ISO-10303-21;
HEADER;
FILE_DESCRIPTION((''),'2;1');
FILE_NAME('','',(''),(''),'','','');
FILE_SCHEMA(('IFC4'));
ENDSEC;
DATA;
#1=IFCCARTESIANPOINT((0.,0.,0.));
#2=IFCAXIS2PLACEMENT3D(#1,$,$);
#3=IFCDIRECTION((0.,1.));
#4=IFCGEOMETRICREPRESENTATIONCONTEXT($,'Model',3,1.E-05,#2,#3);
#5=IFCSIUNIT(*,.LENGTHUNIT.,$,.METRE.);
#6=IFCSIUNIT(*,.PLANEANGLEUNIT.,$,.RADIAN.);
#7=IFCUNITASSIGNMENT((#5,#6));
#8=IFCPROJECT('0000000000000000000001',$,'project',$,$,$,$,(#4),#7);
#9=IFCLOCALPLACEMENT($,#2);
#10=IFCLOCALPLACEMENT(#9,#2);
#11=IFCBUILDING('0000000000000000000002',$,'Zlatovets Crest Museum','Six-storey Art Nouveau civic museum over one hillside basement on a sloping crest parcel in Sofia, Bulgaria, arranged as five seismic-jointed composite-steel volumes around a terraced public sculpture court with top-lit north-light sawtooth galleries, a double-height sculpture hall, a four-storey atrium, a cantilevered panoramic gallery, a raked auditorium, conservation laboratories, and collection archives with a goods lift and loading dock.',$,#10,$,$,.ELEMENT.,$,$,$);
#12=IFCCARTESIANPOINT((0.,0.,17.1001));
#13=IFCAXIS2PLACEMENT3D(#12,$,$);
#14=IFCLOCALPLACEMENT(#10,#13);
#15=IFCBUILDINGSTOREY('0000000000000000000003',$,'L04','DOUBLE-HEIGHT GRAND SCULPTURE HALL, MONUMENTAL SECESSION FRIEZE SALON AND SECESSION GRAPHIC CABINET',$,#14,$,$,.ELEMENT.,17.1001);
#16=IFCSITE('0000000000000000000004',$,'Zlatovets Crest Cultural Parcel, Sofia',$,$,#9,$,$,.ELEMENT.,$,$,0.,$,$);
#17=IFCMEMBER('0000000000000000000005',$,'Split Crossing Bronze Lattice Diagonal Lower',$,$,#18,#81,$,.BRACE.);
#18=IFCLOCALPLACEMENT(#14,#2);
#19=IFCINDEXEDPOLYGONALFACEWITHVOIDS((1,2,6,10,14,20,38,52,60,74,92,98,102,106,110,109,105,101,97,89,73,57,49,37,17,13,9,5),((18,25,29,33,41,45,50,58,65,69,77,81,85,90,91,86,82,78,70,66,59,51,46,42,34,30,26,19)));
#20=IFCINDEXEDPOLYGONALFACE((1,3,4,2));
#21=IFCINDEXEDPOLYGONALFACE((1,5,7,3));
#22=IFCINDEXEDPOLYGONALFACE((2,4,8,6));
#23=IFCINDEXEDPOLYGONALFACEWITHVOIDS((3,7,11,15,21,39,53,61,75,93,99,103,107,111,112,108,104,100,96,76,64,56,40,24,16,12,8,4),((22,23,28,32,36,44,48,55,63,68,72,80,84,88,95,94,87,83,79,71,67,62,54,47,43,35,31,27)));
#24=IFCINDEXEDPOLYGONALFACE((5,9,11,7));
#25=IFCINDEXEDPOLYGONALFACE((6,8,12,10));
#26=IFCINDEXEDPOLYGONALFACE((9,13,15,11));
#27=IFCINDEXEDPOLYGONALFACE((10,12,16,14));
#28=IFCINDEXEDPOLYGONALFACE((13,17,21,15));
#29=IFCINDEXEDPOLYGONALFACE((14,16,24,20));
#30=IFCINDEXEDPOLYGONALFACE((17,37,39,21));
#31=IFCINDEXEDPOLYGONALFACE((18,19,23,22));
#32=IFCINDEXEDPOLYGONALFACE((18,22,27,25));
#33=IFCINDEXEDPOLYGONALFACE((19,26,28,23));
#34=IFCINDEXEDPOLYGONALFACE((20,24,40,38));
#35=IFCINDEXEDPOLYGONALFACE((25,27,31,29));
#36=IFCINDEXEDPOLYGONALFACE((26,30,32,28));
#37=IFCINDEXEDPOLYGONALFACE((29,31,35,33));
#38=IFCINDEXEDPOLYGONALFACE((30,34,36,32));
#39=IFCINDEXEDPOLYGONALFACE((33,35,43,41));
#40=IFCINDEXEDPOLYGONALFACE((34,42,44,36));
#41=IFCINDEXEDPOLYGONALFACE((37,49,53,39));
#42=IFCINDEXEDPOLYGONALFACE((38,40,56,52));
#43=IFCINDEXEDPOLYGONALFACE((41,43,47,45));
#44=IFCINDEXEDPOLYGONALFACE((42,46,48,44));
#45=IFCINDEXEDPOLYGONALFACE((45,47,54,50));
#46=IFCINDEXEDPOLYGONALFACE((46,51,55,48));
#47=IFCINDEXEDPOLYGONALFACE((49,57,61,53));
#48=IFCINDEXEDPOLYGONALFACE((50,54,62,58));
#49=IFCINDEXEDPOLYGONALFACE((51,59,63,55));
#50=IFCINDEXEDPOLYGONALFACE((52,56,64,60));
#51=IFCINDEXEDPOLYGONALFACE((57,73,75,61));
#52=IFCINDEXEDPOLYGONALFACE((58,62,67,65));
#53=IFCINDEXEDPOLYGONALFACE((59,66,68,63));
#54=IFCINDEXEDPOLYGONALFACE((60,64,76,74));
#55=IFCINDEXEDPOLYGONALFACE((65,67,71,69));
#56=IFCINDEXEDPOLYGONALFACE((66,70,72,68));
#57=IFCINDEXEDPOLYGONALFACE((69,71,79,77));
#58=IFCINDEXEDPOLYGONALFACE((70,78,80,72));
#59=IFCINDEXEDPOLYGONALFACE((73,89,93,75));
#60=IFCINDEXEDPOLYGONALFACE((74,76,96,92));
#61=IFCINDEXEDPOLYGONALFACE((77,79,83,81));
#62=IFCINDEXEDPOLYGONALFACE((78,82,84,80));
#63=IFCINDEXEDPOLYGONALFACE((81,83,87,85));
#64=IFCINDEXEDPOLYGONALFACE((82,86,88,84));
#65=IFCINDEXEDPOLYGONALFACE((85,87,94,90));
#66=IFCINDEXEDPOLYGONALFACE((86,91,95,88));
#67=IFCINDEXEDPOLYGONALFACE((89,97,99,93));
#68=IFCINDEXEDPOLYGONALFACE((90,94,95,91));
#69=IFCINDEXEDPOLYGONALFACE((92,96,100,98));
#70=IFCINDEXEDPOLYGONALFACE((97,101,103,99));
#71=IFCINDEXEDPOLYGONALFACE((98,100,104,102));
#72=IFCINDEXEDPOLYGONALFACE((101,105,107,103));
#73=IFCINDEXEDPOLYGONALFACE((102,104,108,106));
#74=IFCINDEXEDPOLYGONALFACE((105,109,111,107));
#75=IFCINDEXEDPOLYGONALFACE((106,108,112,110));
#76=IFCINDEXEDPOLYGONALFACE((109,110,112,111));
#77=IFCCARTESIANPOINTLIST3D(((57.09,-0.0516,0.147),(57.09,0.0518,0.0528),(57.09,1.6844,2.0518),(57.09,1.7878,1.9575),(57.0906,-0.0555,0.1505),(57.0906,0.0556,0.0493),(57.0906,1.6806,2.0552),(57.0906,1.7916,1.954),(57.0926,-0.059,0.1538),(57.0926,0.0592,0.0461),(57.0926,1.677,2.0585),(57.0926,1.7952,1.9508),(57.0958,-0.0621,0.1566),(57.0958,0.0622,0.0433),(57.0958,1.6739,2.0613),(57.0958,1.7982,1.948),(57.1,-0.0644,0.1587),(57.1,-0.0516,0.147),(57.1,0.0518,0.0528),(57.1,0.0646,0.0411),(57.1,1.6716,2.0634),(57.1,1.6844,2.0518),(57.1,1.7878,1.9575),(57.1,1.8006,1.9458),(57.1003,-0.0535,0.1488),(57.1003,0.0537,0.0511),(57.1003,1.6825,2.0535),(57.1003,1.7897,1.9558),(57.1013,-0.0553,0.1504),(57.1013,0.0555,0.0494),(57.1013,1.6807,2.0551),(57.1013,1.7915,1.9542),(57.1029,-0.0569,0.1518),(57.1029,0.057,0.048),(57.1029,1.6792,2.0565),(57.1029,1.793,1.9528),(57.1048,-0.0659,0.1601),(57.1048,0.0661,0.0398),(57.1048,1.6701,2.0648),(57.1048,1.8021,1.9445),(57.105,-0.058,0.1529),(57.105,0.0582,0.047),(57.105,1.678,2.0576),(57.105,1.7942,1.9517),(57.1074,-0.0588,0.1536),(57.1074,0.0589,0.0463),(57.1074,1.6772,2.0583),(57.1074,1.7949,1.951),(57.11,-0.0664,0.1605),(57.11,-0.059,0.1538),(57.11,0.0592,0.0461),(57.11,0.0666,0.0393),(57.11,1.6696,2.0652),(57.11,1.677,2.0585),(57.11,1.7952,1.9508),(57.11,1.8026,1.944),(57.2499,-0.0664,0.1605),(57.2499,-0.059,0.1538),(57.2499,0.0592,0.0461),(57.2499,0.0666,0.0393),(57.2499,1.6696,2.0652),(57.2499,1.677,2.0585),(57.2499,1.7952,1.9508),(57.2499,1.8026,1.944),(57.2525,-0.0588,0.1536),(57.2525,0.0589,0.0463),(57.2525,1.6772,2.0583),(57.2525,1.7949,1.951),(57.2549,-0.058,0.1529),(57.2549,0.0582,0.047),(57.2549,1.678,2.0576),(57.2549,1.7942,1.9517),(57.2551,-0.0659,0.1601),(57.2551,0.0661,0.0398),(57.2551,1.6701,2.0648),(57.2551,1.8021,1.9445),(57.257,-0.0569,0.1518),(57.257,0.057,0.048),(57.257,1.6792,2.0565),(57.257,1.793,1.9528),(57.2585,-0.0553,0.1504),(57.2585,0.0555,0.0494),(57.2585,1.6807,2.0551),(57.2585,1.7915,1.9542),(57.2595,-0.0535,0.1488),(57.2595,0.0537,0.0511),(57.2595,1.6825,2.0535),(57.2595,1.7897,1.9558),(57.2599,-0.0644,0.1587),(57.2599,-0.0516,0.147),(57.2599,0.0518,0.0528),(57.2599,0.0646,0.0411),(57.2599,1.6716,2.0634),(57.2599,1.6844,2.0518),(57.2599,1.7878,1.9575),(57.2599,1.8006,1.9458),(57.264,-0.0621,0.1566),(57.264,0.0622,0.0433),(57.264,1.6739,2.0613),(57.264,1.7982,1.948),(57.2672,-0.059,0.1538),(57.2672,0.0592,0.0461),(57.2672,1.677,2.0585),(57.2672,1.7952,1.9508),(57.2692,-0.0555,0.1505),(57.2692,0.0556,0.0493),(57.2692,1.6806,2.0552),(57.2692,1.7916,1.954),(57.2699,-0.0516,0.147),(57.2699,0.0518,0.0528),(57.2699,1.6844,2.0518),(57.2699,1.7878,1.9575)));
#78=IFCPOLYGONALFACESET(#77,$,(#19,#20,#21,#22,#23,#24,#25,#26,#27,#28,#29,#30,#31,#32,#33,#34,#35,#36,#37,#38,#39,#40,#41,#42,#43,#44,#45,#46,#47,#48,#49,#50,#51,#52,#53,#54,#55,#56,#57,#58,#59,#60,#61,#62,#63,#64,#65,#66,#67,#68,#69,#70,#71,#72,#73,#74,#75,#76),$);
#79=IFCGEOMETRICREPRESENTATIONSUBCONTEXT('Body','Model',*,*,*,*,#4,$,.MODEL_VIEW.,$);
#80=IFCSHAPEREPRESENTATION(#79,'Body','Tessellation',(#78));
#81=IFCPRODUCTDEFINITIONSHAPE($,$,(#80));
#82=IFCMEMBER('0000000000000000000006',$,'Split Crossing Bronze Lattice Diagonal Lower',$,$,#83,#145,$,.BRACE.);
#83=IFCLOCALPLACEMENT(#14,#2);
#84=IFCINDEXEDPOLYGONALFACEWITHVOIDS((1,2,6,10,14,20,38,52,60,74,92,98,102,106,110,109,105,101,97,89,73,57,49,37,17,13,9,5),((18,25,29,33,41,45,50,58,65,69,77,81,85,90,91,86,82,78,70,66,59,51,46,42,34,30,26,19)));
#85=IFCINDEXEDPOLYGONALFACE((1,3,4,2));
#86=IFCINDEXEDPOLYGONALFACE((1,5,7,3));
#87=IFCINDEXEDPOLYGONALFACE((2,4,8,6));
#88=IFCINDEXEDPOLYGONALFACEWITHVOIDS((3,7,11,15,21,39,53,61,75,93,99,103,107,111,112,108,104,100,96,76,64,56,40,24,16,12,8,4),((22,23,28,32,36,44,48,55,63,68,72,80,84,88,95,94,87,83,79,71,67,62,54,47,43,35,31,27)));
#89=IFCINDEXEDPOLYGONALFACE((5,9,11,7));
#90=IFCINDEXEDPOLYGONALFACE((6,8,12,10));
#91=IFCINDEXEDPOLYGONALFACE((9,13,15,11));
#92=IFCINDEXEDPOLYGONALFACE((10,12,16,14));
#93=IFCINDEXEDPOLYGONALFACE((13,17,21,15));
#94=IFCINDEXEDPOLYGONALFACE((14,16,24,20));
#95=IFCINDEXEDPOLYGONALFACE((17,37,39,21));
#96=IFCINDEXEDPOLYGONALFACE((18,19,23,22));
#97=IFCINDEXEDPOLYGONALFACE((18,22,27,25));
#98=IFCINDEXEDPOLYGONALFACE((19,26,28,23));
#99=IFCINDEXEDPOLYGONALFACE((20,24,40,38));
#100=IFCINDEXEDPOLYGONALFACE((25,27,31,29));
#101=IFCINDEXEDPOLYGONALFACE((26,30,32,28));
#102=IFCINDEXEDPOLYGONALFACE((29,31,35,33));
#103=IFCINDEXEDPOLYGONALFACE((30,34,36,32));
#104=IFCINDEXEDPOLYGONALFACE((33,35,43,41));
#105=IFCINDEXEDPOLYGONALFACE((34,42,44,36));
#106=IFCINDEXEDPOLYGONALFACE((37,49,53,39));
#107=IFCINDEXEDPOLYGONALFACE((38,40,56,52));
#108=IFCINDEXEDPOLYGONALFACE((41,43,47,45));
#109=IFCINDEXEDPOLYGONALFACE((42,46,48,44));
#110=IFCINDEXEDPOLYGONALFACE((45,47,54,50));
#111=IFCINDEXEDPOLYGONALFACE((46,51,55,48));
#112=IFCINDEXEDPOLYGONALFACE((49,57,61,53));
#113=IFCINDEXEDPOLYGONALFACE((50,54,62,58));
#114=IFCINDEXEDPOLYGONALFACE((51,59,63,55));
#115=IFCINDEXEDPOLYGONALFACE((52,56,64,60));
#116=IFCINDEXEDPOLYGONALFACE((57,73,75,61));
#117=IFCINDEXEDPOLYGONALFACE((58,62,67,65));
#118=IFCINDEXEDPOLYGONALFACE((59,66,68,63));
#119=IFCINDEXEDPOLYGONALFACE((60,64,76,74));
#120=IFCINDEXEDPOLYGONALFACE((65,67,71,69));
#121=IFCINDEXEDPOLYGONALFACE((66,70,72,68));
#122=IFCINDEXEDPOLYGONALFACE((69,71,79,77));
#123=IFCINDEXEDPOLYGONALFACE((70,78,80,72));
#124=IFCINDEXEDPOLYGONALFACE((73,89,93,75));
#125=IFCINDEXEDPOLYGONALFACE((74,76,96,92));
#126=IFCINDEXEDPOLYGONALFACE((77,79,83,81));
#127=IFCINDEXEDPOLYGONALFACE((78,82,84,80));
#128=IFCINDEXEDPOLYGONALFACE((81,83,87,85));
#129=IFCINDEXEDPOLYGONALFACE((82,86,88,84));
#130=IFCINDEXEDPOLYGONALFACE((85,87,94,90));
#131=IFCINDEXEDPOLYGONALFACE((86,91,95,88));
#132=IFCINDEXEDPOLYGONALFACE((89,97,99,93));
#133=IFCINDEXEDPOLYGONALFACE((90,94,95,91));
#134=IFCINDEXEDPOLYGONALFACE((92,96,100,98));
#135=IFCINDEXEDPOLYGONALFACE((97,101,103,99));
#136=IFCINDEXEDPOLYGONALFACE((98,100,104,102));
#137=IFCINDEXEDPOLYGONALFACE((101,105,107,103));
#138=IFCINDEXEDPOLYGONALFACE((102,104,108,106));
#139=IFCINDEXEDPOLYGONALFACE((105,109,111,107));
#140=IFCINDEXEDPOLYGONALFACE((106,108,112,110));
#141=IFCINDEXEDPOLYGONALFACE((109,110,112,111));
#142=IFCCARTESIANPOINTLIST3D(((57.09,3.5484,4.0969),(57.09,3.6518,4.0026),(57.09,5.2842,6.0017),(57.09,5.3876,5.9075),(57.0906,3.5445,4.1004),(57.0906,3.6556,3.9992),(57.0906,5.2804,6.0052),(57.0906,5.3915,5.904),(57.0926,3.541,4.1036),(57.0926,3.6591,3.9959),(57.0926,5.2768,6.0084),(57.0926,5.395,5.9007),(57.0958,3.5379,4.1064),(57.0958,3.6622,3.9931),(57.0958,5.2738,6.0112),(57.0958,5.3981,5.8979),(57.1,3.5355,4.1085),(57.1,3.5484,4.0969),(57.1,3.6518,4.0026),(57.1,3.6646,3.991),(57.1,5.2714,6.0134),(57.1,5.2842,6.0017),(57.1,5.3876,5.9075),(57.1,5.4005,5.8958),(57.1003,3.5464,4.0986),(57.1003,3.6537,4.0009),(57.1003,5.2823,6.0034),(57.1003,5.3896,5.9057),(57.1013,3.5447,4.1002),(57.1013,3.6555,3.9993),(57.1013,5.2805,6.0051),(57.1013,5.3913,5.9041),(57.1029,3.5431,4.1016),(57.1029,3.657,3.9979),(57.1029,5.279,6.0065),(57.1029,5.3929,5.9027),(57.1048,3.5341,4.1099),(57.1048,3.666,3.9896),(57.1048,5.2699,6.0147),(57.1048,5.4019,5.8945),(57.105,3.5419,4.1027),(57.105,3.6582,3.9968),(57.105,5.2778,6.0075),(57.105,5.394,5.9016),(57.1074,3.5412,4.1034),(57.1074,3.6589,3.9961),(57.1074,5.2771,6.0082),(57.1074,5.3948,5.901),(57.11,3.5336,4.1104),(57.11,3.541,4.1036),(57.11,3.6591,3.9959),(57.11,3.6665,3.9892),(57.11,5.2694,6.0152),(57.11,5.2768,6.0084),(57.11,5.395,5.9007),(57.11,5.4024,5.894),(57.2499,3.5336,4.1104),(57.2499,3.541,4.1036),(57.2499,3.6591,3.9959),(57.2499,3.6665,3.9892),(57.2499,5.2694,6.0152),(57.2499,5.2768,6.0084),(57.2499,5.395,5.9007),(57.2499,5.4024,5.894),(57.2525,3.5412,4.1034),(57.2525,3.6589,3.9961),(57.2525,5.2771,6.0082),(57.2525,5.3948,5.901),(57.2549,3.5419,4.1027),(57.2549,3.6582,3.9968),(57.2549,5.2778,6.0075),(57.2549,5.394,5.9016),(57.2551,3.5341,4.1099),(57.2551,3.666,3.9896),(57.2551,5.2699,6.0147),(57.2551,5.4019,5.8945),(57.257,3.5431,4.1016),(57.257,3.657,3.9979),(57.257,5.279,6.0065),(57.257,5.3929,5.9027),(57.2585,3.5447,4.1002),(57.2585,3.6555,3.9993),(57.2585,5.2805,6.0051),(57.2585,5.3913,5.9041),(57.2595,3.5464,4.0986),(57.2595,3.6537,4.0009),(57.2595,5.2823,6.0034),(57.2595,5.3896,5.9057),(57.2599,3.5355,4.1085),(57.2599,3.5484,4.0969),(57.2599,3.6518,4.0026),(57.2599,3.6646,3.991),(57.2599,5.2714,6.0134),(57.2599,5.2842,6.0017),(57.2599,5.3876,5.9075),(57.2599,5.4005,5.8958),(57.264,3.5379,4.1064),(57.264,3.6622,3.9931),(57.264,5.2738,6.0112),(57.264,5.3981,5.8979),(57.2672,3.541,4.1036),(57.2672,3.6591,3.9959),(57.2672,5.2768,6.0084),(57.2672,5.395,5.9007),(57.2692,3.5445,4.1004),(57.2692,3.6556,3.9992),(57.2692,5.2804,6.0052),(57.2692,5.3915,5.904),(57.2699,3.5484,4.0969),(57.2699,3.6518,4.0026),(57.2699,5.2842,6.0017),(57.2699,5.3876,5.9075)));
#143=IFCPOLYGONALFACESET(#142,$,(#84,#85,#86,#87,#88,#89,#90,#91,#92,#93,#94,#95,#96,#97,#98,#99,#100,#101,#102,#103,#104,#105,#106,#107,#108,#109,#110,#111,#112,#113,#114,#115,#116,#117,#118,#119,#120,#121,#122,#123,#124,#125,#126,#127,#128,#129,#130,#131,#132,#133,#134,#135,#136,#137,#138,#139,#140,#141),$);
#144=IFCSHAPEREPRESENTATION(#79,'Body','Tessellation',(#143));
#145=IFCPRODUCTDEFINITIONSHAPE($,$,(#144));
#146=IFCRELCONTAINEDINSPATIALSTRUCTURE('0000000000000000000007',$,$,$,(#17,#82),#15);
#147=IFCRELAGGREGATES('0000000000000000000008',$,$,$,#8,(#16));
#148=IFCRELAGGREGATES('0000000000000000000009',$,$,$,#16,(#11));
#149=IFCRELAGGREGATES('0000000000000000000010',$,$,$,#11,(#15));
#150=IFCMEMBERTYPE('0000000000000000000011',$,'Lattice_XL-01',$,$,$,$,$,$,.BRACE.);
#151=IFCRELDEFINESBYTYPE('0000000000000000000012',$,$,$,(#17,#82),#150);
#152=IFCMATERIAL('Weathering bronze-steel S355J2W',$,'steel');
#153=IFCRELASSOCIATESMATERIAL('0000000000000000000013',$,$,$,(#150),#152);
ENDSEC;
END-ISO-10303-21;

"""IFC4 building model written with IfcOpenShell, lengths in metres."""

from ifc_helpers import new_model, si_unit, direction, frame, origin, origin_2d, place, context, subcontext, project, spatial, hollow_rectangle, extrude, material, material_profile, profile_set, type_object, element, save


model = new_model("IFC4")

# Units and contexts
model_context = context("Model", 3, precision=1e-05, world=origin(), true_north=direction((0.0, 1.0)))
body_context = subcontext(model_context, "Body", "Model", "MODEL_VIEW")
ifc_project = project(units=[si_unit("LENGTHUNIT", "METRE"), si_unit("PLANEANGLEUNIT", "RADIAN")], contexts=[model_context])

# Site, building, storey
site_placement = place(None, origin())
site = spatial("IfcSite", under=ifc_project, at=site_placement, Name="Zlatovets Crest Cultural Parcel, Sofia", CompositionType="ELEMENT", RefElevation=0.0)
building_placement = place(site_placement, origin())
building = spatial("IfcBuilding", under=site, at=building_placement, Name="Zlatovets Crest Museum", Description="Six-storey Art Nouveau civic museum over one hillside basement on a sloping crest parcel in Sofia, Bulgaria, arranged as five seismic-jointed composite-steel volumes around a terraced public sculpture court with top-lit north-light sawtooth galleries, a double-height sculpture hall, a four-storey atrium, a cantilevered panoramic gallery, a raked auditorium, conservation laboratories, and collection archives with a goods lift and loading dock.", CompositionType="ELEMENT")
storey_placement = place(building_placement, frame((0.0, 0.0, 17.1001)))
storey = spatial("IfcBuildingStorey", under=building, at=storey_placement, Name="L04", Description="DOUBLE-HEIGHT GRAND SCULPTURE HALL, MONUMENTAL SECESSION FRIEZE SALON AND SECESSION GRAPHIC CABINET", CompositionType="ELEMENT", Elevation=17.1001)

# Members
ifc_material_1 = material(Name="Weathering bronze-steel S355J2W", Category="steel")
ifc_material_profile_1 = material_profile(ifc_material_1, hollow_rectangle(XDim=0.1799, YDim=0.1799, WallThickness=0.01, InnerFilletRadius=0.01, OuterFilletRadius=0.02, at=origin_2d()), Name="SHS 180x180x10.0")
ifc_profile_set_1 = profile_set([ifc_material_profile_1], Name="Weathering bronze-steel S355J2W")
member_type_1 = type_object("IfcMemberType", Name="Lattice_XL-01", PredefinedType="BRACE", material=ifc_profile_set_1)
for number, where, z_axis, x_axis, name in (
    (1, (57.1799, 1.7361, 2.0046), (0.0, -0.67362, -0.739078), (1.0, 0.0, 0.0), "Split Crossing Bronze Lattice Diagonal Lower"),
    (2, (57.1799, 5.3359, 5.9546), (0.0, -0.673568, -0.739125), (1.0, 0.0, 0.0), "Split Crossing Bronze Lattice Diagonal Lower"),
):
    element("IfcMember", number, at=place(storey_placement, frame(where, z_axis=z_axis, x_axis=x_axis)), inside=storey, type_object=member_type_1, Name=name, PredefinedType="BRACE", context=body_context, shape_type="SweptSolid", body=[
        extrude(hollow_rectangle(XDim=0.1799, YDim=0.1799, WallThickness=0.01, InnerFilletRadius=0.01, OuterFilletRadius=0.02, at=origin_2d()), origin(), (0.0, 0.0, 1.0), 2.5771),
    ])

save(model, "model.ifc")
